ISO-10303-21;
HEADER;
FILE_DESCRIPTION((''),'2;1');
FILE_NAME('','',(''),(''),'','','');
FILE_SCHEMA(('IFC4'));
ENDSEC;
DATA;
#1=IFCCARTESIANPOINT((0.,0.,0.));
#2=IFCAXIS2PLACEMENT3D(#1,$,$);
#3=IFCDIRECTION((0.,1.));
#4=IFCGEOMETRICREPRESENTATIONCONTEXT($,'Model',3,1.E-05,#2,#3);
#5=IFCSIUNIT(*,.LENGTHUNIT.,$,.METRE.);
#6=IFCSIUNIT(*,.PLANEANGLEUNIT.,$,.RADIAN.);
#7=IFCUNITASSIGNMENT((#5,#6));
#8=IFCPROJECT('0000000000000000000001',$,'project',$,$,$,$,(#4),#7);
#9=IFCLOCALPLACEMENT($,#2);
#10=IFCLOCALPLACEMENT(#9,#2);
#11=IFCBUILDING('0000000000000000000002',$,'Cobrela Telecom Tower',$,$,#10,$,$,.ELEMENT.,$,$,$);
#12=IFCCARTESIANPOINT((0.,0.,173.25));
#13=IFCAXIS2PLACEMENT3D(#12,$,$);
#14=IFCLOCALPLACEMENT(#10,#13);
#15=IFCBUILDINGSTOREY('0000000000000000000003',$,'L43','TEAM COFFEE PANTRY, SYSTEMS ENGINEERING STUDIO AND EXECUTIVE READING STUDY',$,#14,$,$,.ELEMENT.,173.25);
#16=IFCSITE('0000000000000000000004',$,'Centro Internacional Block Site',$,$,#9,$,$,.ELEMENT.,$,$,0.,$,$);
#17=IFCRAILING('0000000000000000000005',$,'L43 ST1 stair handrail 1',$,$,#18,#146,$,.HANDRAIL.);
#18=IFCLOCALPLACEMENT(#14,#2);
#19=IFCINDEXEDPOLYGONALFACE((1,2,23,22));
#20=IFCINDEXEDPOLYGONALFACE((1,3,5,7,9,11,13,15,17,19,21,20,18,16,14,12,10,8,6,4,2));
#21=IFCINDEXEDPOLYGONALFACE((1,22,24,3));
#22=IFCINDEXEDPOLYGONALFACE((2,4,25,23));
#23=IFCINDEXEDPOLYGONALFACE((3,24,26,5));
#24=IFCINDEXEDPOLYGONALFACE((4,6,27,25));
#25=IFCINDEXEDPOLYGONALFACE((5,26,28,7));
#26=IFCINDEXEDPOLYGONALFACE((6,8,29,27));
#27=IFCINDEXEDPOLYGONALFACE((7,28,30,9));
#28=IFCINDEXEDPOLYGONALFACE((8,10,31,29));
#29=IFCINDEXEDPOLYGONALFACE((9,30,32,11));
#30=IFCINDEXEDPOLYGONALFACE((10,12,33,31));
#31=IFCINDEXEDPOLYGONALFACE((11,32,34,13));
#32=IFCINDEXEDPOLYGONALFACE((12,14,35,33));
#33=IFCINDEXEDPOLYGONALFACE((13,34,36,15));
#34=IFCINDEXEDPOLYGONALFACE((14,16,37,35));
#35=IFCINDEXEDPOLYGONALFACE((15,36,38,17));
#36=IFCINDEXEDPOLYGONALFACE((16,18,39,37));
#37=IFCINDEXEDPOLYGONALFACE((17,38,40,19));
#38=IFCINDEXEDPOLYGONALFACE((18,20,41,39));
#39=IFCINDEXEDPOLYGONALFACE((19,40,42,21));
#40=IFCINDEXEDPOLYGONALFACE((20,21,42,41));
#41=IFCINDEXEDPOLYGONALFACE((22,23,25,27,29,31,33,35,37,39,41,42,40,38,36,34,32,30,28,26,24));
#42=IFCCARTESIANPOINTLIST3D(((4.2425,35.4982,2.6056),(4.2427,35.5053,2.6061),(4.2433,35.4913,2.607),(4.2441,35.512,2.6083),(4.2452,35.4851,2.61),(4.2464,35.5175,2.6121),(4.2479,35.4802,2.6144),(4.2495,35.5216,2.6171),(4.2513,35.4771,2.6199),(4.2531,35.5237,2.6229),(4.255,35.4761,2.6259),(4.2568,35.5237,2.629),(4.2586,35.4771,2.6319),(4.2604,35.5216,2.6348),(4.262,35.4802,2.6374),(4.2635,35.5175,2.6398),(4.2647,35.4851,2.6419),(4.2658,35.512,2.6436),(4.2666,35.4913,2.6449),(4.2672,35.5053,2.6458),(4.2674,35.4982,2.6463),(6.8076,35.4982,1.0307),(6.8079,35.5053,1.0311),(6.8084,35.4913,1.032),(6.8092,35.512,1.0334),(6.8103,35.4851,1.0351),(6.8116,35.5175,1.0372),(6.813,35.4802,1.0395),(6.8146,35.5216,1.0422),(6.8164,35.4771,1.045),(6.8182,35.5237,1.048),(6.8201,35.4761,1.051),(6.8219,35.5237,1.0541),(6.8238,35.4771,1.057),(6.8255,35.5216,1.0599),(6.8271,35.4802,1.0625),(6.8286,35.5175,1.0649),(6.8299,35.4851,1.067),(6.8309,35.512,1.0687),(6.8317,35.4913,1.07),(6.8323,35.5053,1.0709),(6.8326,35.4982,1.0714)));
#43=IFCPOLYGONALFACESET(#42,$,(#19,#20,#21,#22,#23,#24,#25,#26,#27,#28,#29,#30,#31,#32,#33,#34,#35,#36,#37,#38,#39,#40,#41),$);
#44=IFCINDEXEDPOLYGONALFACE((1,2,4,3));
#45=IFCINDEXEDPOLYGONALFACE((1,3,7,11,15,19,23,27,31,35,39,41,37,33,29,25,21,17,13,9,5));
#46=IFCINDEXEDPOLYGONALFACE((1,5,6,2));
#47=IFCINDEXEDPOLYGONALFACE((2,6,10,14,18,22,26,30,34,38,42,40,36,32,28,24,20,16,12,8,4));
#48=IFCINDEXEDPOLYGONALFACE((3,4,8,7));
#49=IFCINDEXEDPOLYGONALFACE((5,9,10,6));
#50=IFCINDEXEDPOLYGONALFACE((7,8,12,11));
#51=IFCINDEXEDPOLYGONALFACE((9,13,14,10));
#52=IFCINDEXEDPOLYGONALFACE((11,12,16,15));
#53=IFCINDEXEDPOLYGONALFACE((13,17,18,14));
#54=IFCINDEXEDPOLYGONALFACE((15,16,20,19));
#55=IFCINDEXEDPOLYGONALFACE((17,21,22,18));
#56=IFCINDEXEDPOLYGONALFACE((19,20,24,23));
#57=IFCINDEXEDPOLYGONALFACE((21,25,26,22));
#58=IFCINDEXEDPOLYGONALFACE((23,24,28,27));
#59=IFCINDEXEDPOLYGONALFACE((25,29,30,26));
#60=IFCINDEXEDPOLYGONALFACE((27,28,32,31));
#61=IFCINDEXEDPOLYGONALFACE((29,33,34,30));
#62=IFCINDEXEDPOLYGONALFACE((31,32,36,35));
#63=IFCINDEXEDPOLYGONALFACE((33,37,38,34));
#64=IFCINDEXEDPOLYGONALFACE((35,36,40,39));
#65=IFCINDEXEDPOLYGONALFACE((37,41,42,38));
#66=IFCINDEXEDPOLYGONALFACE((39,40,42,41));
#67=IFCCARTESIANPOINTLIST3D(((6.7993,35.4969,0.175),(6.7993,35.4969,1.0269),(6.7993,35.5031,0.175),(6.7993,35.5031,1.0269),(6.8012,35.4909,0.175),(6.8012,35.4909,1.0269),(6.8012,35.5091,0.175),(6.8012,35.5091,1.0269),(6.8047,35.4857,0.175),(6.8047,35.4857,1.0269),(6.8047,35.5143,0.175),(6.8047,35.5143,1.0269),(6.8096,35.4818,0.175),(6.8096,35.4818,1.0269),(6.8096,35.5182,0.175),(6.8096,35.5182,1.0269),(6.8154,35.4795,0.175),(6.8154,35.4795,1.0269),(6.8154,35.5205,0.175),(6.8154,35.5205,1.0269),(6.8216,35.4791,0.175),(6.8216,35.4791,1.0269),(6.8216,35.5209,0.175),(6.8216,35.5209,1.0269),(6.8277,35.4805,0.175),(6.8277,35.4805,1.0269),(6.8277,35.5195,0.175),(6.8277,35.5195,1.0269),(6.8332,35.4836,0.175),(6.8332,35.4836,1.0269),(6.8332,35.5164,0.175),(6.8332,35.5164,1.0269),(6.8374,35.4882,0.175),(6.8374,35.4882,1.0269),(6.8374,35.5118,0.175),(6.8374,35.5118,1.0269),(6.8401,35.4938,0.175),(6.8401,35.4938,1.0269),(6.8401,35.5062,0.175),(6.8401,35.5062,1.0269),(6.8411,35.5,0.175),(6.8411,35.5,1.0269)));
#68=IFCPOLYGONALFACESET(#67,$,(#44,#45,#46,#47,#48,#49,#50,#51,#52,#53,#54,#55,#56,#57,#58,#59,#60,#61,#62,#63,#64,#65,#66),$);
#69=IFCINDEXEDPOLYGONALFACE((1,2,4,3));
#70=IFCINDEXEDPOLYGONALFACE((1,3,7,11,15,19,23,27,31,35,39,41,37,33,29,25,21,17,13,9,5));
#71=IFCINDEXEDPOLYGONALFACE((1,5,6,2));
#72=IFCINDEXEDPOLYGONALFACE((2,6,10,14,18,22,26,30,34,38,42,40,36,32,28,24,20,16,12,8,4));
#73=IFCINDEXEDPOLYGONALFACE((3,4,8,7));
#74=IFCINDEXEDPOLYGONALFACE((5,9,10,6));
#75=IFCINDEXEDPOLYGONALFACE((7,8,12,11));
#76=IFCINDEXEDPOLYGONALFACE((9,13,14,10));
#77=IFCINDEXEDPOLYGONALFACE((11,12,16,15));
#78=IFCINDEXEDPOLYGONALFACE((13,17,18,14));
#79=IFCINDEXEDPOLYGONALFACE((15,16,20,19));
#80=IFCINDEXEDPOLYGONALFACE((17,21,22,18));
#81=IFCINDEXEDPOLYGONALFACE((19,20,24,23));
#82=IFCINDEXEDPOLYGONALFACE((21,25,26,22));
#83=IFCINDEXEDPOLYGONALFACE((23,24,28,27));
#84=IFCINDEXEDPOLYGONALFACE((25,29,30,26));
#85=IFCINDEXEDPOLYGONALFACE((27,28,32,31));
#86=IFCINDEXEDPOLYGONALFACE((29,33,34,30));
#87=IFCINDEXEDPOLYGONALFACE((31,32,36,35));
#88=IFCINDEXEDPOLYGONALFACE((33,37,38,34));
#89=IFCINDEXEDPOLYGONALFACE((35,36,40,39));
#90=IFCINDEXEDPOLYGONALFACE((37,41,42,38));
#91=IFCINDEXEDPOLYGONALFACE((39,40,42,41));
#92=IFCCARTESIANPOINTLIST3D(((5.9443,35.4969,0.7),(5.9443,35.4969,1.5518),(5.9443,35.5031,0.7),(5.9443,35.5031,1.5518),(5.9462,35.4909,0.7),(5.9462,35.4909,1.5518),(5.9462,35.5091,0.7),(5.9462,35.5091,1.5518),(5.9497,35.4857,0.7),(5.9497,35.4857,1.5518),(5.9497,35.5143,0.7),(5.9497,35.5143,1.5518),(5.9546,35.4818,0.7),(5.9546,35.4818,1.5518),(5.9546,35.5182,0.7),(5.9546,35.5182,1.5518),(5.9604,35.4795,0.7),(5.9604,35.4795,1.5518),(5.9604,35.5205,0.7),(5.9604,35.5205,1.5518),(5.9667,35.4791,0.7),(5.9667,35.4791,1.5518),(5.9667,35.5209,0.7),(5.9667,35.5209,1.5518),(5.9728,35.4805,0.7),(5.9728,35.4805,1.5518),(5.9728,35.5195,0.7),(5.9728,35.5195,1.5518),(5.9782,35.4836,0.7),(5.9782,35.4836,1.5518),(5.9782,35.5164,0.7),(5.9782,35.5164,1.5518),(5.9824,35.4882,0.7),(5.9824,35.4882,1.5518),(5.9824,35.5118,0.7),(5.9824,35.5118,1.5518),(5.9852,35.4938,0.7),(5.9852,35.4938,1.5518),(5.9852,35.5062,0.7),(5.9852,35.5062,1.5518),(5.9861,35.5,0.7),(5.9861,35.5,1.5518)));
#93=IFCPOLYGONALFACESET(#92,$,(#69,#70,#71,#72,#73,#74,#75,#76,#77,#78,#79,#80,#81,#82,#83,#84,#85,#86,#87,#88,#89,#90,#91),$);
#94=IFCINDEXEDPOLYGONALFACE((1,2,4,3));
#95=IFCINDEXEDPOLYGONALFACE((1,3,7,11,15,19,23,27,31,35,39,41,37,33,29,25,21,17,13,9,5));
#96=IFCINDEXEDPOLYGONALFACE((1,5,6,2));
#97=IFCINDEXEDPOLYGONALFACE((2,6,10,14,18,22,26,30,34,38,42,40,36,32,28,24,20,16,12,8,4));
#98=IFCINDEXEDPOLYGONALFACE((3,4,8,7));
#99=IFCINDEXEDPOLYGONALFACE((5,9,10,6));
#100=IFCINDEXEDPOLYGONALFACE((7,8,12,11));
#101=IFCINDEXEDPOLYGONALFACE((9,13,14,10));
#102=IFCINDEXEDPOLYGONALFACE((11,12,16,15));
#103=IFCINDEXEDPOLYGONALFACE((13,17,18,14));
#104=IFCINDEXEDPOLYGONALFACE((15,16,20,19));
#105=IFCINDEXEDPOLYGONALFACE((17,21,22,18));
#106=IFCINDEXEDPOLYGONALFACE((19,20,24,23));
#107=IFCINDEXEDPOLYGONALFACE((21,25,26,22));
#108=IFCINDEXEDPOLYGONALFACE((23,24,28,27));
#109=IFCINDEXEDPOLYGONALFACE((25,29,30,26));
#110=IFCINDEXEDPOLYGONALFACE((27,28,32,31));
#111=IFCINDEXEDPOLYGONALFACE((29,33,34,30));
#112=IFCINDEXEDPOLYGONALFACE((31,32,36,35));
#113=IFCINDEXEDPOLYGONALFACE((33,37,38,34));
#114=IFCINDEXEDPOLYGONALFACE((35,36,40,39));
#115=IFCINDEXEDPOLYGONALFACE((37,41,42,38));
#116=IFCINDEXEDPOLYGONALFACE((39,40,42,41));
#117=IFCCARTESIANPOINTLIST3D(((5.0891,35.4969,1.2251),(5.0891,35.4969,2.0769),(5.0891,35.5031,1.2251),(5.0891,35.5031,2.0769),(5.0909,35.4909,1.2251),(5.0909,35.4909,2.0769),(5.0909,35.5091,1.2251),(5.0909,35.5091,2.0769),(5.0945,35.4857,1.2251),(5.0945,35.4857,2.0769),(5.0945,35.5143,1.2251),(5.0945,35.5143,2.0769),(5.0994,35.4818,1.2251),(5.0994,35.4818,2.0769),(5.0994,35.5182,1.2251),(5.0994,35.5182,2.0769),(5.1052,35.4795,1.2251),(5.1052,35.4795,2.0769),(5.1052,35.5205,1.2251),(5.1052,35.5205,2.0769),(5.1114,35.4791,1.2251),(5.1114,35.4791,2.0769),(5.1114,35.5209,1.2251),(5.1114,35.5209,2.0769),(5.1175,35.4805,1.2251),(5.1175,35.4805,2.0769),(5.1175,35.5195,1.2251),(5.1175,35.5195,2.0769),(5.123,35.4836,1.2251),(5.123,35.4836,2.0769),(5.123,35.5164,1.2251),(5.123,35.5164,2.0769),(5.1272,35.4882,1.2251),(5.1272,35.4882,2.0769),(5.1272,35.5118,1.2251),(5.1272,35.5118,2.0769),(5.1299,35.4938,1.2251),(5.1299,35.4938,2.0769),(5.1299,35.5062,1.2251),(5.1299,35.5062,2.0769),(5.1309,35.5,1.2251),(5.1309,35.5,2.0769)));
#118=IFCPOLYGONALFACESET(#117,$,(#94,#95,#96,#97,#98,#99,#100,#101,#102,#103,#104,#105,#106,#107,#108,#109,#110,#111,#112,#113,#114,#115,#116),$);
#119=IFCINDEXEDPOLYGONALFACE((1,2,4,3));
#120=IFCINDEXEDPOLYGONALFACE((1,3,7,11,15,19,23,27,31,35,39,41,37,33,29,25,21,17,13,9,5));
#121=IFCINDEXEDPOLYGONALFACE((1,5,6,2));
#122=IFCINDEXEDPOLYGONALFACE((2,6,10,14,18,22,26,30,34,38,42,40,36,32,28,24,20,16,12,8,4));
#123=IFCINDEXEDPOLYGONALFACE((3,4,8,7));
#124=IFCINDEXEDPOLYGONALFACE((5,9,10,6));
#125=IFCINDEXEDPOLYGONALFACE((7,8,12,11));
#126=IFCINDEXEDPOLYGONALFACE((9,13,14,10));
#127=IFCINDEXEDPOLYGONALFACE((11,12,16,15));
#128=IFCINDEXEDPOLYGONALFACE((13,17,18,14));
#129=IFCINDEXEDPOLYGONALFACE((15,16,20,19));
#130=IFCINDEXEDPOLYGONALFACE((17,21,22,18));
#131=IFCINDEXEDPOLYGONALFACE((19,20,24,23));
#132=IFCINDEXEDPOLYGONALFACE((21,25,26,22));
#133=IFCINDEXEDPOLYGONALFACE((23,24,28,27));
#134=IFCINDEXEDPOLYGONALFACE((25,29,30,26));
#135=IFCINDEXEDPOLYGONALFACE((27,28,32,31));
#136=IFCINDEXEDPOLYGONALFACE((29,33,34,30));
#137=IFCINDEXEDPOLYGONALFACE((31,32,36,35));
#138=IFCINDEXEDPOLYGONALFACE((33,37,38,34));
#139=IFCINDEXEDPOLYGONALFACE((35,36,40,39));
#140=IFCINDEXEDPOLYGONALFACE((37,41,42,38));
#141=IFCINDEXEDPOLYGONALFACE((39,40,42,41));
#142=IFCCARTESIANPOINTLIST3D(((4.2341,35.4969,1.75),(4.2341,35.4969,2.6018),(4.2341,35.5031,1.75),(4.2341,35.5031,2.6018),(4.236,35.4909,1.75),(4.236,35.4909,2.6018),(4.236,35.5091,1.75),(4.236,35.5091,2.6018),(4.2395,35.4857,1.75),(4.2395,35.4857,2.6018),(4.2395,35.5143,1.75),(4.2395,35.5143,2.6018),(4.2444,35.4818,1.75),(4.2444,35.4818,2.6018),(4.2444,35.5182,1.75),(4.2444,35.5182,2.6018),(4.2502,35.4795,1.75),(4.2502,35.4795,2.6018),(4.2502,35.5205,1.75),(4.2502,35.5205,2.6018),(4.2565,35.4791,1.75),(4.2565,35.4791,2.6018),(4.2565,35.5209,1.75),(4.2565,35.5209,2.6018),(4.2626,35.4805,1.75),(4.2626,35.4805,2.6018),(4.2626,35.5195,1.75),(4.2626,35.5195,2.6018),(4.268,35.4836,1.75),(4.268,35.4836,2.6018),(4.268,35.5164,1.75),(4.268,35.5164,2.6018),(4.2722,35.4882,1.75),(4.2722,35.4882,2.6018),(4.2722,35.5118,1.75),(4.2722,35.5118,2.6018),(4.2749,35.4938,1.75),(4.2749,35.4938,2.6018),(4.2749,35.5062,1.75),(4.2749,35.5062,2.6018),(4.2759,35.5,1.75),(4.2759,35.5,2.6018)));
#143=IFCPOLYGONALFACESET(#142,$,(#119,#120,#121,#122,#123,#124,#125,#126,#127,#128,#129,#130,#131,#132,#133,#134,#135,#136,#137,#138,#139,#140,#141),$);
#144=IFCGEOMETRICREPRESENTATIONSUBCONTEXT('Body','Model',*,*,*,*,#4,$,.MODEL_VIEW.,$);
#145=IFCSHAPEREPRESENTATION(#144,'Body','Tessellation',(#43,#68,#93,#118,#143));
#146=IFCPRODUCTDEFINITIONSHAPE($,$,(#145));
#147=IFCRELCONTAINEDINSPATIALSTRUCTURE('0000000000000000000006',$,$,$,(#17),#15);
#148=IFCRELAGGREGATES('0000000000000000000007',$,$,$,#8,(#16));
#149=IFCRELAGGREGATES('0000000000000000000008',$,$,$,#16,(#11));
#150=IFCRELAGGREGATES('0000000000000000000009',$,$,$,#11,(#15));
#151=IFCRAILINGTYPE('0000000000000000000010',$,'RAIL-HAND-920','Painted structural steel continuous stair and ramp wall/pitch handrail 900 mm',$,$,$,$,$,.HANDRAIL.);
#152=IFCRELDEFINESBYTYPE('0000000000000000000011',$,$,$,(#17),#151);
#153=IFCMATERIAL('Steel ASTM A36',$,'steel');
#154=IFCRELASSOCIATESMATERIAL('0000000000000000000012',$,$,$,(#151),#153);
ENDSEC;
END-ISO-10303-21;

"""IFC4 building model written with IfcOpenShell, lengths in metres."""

from ifc_helpers import new_model, si_unit, direction, frame, origin, origin_2d, place, context, subcontext, project, spatial, circle, extrude, material, type_object, element, save


model = new_model("IFC4")

# Units and contexts
model_context = context("Model", 3, precision=1e-05, world=origin(), true_north=direction((0.0, 1.0)))
body_context = subcontext(model_context, "Body", "Model", "MODEL_VIEW")
ifc_project = project(units=[si_unit("LENGTHUNIT", "METRE"), si_unit("PLANEANGLEUNIT", "RADIAN")], contexts=[model_context])

# Site, building, storey
site_placement = place(None, origin())
site = spatial("IfcSite", under=ifc_project, at=site_placement, Name="Centro Internacional Block Site", CompositionType="ELEMENT", RefElevation=0.0)
building_placement = place(site_placement, origin())
building = spatial("IfcBuilding", under=site, at=building_placement, Name="Cobrela Telecom Tower", CompositionType="ELEMENT")
storey_placement = place(building_placement, frame((0.0, 0.0, 173.25)))
storey = spatial("IfcBuildingStorey", under=building, at=storey_placement, Name="L43", Description="TEAM COFFEE PANTRY, SYSTEMS ENGINEERING STUDIO AND EXECUTIVE READING STUDY", CompositionType="ELEMENT", Elevation=173.25)

# Shared definitions
ifc_material_1 = material(Name="Steel ASTM A36", Category="steel")

# Railing
railing_type_1 = type_object("IfcRailingType", Name="RAIL-HAND-920", Description="Painted structural steel continuous stair and ramp wall/pitch handrail 900 mm", PredefinedType="HANDRAIL", material=ifc_material_1)
railing_1_placement = place(storey_placement, frame((6.8201, 35.5, 0.175)))
element("IfcRailing", 1, at=railing_1_placement, inside=storey, type_object=railing_type_1, Name="L43 ST1 stair handrail 1", PredefinedType="HANDRAIL", context=body_context, shape_type="SweptSolid", body=[
    extrude(circle(Radius=0.0239, at=origin_2d()), frame((0.0, 0.0, 0.876), z_axis=(-0.852195, 0.0, 0.523224), x_axis=(0.0, -1.0, 0.0)), (0.0, 0.0, 1.0), 3.01),
    extrude(circle(Radius=0.021, at=origin_2d()), origin(), (0.0, 0.0, 1.0), 0.8518),
    extrude(circle(Radius=0.021, at=origin_2d()), frame((-0.855, 0.0, 0.5249)), (0.0, 0.0, 1.0), 0.8518),
    extrude(circle(Radius=0.021, at=origin_2d()), frame((-1.7102, 0.0, 1.05)), (0.0, 0.0, 1.0), 0.8518),
    extrude(circle(Radius=0.021, at=origin_2d()), frame((-2.5652, 0.0, 1.575)), (0.0, 0.0, 1.0), 0.8518),
])

save(model, "model.ifc")
